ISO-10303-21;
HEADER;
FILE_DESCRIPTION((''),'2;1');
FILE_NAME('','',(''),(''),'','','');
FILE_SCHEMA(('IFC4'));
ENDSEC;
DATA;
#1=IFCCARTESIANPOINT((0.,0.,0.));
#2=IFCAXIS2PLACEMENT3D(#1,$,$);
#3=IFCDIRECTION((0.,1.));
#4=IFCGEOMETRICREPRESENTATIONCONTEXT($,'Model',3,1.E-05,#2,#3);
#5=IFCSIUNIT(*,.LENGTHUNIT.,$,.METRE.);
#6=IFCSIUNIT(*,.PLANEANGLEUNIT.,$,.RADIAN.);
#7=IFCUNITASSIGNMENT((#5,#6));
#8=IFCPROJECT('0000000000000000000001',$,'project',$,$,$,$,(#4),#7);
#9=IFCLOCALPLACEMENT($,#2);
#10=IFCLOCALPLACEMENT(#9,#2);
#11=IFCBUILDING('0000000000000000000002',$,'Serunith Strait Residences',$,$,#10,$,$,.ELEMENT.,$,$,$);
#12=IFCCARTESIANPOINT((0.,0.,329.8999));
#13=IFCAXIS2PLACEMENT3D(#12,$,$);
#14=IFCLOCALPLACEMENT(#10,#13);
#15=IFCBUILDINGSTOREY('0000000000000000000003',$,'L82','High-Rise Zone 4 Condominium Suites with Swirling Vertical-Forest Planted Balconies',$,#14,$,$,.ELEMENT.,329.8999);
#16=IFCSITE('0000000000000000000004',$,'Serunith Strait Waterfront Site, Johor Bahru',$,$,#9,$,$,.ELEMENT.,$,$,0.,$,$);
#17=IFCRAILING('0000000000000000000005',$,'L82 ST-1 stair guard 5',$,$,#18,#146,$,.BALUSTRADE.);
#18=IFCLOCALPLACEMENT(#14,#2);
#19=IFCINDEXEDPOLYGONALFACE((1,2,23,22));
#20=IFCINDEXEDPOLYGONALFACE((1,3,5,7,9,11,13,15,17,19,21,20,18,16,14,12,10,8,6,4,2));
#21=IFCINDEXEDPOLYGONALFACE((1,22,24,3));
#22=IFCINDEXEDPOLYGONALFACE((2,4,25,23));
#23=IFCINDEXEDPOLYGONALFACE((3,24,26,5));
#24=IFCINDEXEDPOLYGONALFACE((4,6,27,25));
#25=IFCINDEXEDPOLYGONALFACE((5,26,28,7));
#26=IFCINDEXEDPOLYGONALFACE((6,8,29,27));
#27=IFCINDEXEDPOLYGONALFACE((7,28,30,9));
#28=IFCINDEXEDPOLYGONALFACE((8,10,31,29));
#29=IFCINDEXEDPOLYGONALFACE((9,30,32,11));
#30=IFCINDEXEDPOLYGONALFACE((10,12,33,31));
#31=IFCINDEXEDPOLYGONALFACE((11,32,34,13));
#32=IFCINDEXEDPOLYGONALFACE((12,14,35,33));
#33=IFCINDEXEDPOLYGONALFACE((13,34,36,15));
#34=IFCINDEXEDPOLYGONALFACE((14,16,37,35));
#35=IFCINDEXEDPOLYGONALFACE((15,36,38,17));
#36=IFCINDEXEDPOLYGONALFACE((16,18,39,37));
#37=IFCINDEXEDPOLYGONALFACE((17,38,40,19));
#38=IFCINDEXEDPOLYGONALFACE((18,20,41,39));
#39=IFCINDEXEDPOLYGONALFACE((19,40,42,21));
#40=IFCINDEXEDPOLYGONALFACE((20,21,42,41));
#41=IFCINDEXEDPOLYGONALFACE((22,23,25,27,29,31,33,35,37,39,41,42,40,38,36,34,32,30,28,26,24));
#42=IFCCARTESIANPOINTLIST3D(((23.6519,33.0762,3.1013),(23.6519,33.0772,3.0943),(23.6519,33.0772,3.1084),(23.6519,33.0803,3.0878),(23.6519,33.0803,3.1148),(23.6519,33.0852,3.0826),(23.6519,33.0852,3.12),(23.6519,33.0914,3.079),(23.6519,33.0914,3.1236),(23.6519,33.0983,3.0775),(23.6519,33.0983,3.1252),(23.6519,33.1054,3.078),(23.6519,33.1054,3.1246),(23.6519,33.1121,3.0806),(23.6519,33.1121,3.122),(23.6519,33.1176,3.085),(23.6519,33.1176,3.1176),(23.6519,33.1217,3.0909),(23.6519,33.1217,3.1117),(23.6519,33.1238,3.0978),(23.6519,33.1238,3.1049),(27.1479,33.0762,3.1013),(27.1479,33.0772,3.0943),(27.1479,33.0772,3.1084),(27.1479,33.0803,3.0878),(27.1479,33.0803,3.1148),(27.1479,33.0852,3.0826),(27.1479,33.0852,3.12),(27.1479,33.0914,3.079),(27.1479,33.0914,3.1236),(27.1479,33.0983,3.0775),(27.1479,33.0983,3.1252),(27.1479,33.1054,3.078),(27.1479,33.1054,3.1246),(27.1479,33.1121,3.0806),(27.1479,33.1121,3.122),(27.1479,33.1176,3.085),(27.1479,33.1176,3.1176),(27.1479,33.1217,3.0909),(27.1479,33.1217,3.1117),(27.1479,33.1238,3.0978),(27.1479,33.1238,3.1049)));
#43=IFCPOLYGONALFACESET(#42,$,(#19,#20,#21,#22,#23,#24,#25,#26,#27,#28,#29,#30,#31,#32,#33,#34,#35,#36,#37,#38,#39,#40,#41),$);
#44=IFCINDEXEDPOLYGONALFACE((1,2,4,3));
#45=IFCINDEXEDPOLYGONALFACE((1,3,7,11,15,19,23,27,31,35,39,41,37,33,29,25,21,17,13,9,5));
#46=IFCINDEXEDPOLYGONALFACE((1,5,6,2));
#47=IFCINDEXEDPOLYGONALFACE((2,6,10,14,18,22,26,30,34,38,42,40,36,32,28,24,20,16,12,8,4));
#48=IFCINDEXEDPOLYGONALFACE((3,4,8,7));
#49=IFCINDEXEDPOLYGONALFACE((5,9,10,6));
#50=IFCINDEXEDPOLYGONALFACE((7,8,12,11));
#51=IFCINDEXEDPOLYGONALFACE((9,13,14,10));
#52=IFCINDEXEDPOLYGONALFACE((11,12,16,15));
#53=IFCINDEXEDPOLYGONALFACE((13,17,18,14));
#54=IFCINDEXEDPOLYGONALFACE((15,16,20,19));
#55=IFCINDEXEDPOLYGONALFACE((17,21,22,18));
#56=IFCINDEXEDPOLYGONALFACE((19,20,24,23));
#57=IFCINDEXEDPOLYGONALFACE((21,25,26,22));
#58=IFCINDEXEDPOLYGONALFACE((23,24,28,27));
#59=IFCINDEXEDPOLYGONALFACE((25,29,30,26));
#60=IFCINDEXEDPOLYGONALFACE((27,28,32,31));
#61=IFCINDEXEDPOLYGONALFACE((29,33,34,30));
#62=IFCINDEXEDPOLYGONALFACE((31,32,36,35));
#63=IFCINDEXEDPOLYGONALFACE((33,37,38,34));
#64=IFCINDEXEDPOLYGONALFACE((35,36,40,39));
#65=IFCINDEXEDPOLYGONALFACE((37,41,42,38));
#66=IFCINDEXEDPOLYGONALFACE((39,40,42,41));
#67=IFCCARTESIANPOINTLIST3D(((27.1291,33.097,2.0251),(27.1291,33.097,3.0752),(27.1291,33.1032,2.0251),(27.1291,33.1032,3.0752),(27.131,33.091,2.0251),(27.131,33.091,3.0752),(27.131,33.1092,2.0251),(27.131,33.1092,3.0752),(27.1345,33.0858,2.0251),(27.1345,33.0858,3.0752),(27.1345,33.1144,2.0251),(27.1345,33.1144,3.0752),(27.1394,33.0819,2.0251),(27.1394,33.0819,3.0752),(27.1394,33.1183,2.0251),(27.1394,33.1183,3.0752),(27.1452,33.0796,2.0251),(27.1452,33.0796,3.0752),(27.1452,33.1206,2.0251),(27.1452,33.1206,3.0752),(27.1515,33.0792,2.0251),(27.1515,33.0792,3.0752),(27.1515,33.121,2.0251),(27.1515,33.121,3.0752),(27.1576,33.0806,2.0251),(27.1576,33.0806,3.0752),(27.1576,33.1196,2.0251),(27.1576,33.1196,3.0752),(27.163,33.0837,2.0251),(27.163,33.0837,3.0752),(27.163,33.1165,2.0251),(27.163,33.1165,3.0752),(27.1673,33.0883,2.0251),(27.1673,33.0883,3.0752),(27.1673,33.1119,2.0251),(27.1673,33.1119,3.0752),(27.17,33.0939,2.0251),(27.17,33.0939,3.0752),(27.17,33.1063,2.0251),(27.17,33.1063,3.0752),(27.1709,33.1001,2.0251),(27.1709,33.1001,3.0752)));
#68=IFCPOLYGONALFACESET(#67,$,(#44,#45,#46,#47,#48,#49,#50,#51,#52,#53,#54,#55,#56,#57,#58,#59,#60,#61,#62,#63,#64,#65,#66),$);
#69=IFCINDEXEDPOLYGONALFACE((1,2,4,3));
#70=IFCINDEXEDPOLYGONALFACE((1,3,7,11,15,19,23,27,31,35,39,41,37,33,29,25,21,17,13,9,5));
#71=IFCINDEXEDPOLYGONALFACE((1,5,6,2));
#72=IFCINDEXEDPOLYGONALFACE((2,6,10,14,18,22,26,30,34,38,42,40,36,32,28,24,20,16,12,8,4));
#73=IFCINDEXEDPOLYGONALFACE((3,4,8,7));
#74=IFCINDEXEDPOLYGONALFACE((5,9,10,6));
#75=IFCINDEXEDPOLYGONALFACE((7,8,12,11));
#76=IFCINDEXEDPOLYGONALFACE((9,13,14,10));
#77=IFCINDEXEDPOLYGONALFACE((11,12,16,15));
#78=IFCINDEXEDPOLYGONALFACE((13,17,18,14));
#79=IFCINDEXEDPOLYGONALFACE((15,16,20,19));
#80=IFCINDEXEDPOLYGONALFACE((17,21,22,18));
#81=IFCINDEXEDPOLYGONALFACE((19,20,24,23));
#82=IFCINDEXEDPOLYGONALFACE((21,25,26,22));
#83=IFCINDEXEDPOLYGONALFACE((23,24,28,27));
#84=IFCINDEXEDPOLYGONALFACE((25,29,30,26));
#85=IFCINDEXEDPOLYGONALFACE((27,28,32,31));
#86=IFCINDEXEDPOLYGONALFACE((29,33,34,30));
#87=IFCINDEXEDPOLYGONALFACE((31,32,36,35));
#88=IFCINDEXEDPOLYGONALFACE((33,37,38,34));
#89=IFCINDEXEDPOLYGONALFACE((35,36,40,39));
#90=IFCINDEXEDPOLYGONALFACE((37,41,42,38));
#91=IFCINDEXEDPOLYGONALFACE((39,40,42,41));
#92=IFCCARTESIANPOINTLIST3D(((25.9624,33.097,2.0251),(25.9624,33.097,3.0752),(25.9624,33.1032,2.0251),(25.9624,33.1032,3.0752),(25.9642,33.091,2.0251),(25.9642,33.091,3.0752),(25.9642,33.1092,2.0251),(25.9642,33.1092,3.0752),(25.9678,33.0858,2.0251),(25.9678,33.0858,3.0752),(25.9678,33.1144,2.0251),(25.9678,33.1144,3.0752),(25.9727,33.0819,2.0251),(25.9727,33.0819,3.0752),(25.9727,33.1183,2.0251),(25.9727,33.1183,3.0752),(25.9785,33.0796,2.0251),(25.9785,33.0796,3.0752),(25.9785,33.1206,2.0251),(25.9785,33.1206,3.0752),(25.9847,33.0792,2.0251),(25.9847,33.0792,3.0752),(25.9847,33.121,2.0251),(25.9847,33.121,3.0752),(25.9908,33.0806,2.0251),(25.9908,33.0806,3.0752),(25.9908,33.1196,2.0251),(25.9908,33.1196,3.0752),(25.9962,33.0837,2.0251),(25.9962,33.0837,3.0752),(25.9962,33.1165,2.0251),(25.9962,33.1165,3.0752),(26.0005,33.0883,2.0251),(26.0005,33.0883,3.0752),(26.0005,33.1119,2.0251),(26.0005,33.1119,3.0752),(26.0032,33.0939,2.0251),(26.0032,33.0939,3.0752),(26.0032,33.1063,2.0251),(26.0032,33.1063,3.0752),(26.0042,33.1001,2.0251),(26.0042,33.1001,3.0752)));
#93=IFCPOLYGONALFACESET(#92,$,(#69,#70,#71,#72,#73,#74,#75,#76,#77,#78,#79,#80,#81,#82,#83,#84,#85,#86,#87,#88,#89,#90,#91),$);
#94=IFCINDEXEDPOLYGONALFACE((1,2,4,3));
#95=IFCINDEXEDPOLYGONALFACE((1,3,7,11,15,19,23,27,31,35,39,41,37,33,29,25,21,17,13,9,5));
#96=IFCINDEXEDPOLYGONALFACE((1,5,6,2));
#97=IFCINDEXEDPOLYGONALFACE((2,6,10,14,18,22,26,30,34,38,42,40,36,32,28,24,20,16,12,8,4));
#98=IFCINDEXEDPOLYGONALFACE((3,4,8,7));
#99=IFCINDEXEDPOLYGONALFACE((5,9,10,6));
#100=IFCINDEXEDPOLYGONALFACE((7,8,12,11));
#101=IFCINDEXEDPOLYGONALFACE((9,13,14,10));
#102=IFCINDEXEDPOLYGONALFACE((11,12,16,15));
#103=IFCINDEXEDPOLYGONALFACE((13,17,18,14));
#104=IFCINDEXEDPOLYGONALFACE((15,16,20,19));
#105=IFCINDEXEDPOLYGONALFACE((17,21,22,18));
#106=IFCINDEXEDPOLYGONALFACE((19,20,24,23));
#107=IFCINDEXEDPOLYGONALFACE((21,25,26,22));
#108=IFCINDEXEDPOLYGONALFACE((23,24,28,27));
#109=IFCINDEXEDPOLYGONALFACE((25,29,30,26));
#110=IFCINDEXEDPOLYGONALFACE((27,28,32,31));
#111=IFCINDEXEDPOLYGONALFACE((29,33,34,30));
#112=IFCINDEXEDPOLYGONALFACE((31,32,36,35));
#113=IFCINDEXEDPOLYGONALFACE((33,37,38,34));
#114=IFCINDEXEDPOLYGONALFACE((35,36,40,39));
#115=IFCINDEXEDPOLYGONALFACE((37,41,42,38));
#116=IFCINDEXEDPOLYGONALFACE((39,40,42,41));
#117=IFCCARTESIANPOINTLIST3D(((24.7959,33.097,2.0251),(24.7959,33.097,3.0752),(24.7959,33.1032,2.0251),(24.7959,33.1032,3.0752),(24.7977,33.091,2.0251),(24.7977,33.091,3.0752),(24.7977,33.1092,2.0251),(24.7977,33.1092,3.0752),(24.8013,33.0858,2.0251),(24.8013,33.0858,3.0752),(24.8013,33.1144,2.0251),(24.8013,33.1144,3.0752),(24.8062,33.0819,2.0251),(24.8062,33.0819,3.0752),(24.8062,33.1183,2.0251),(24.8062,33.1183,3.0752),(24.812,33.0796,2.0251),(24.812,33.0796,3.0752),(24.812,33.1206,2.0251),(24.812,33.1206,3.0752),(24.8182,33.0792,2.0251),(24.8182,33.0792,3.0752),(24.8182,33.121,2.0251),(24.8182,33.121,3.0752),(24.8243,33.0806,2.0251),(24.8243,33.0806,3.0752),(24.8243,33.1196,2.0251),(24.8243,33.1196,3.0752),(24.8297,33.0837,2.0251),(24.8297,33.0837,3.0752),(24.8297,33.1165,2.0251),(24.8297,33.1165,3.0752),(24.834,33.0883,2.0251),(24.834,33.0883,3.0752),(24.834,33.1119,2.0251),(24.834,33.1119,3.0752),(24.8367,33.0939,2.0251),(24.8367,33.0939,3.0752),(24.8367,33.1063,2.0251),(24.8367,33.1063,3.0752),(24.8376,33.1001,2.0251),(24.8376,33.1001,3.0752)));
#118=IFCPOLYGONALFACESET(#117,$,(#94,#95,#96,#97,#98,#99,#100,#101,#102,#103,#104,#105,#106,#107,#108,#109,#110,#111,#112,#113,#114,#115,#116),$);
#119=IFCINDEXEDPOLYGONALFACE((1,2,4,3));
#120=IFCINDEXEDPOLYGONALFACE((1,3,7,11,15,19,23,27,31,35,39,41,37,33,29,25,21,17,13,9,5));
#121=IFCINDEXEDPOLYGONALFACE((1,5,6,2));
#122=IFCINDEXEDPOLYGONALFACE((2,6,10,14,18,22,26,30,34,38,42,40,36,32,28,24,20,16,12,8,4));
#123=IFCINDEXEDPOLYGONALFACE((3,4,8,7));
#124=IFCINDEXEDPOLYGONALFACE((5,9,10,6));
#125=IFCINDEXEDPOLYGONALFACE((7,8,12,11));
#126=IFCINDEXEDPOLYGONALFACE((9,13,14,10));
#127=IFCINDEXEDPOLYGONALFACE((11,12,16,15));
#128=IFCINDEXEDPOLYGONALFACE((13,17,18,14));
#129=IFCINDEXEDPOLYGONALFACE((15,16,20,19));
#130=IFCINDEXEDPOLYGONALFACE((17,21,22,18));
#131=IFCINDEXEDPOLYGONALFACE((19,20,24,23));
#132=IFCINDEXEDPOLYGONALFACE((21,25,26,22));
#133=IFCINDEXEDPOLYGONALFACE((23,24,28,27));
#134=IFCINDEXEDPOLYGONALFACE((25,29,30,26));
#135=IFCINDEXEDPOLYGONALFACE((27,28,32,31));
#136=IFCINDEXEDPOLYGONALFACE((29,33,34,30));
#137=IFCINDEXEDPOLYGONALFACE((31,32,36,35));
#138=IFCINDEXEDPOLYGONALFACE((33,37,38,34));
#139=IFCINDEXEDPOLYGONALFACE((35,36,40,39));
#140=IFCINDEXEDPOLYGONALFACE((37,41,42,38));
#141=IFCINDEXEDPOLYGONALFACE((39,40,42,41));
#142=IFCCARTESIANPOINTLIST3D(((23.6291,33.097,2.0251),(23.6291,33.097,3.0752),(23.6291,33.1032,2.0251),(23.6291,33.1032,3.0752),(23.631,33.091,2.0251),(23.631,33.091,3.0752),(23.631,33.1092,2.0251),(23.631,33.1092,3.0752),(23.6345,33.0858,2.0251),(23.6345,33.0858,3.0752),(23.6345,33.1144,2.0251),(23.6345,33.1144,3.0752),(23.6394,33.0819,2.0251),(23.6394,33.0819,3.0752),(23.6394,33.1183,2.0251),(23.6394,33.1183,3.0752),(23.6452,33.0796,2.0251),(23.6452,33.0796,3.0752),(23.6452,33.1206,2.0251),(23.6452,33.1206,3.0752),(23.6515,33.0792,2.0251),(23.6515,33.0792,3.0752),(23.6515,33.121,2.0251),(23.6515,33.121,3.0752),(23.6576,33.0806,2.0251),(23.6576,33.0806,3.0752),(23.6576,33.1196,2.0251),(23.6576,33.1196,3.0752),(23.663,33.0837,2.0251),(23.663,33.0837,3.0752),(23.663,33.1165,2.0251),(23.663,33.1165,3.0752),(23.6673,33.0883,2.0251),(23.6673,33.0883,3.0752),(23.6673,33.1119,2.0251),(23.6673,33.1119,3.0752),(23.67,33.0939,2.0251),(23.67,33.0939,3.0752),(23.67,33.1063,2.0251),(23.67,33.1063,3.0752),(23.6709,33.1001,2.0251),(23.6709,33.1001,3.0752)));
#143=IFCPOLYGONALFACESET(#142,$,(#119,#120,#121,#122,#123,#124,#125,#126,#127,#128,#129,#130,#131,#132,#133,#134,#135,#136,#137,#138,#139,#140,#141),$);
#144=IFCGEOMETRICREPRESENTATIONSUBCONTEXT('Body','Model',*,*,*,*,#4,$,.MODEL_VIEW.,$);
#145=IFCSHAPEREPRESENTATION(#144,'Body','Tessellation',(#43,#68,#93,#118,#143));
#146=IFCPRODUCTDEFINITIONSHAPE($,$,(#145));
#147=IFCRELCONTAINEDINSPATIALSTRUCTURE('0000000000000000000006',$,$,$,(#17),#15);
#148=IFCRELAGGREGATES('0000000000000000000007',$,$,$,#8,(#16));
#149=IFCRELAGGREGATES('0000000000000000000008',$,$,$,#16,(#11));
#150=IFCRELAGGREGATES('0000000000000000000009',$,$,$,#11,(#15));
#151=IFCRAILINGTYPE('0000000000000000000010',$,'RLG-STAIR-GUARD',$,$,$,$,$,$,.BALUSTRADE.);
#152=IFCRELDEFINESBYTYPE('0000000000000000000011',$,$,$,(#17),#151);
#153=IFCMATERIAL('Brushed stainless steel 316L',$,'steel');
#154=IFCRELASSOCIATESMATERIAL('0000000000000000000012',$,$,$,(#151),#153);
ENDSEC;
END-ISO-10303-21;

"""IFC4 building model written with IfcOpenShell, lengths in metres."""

from ifc_helpers import new_model, si_unit, direction, frame, origin, origin_2d, place, context, subcontext, project, spatial, circle, extrude, material, type_object, element, save


model = new_model("IFC4")

# Units and contexts
model_context = context("Model", 3, precision=1e-05, world=origin(), true_north=direction((0.0, 1.0)))
body_context = subcontext(model_context, "Body", "Model", "MODEL_VIEW")
ifc_project = project(units=[si_unit("LENGTHUNIT", "METRE"), si_unit("PLANEANGLEUNIT", "RADIAN")], contexts=[model_context])

# Site, building, storey
site_placement = place(None, origin())
site = spatial("IfcSite", under=ifc_project, at=site_placement, Name="Serunith Strait Waterfront Site, Johor Bahru", CompositionType="ELEMENT", RefElevation=0.0)
building_placement = place(site_placement, origin())
building = spatial("IfcBuilding", under=site, at=building_placement, Name="Serunith Strait Residences", CompositionType="ELEMENT")
storey_placement = place(building_placement, frame((0.0, 0.0, 329.8999)))
storey = spatial("IfcBuildingStorey", under=building, at=storey_placement, Name="L82", Description="High-Rise Zone 4 Condominium Suites with Swirling Vertical-Forest Planted Balconies", CompositionType="ELEMENT", Elevation=329.8999)

# Railing
ifc_material_1 = material(Name="Brushed stainless steel 316L", Category="steel")
railing_type_1 = type_object("IfcRailingType", Name="RLG-STAIR-GUARD", PredefinedType="BALUSTRADE", material=ifc_material_1)
railing_1_placement = place(storey_placement, frame((27.1499, 33.1001, 2.0251)))
element("IfcRailing", 1, at=railing_1_placement, inside=storey, type_object=railing_type_1, Name="L82 ST-1 stair guard 5", PredefinedType="BALUSTRADE", context=body_context, shape_type="SweptSolid", body=[
    extrude(circle(Radius=0.0239, at=origin_2d()), frame((-0.002, 0.0, 1.0762), z_axis=(-1.0, 0.0, 0.0), x_axis=(0.0, -1.0, 0.0)), (0.0, 0.0, 1.0), 3.4961),
    extrude(circle(Radius=0.021, at=origin_2d()), origin(), (0.0, 0.0, 1.0), 1.05),
    extrude(circle(Radius=0.021, at=origin_2d()), frame((-1.1667, 0.0, 0.0)), (0.0, 0.0, 1.0), 1.05),
    extrude(circle(Radius=0.021, at=origin_2d()), frame((-2.3333, 0.0, 0.0)), (0.0, 0.0, 1.0), 1.05),
    extrude(circle(Radius=0.021, at=origin_2d()), frame((-3.5, 0.0, 0.0)), (0.0, 0.0, 1.0), 1.05),
])

save(model, "model.ifc")
